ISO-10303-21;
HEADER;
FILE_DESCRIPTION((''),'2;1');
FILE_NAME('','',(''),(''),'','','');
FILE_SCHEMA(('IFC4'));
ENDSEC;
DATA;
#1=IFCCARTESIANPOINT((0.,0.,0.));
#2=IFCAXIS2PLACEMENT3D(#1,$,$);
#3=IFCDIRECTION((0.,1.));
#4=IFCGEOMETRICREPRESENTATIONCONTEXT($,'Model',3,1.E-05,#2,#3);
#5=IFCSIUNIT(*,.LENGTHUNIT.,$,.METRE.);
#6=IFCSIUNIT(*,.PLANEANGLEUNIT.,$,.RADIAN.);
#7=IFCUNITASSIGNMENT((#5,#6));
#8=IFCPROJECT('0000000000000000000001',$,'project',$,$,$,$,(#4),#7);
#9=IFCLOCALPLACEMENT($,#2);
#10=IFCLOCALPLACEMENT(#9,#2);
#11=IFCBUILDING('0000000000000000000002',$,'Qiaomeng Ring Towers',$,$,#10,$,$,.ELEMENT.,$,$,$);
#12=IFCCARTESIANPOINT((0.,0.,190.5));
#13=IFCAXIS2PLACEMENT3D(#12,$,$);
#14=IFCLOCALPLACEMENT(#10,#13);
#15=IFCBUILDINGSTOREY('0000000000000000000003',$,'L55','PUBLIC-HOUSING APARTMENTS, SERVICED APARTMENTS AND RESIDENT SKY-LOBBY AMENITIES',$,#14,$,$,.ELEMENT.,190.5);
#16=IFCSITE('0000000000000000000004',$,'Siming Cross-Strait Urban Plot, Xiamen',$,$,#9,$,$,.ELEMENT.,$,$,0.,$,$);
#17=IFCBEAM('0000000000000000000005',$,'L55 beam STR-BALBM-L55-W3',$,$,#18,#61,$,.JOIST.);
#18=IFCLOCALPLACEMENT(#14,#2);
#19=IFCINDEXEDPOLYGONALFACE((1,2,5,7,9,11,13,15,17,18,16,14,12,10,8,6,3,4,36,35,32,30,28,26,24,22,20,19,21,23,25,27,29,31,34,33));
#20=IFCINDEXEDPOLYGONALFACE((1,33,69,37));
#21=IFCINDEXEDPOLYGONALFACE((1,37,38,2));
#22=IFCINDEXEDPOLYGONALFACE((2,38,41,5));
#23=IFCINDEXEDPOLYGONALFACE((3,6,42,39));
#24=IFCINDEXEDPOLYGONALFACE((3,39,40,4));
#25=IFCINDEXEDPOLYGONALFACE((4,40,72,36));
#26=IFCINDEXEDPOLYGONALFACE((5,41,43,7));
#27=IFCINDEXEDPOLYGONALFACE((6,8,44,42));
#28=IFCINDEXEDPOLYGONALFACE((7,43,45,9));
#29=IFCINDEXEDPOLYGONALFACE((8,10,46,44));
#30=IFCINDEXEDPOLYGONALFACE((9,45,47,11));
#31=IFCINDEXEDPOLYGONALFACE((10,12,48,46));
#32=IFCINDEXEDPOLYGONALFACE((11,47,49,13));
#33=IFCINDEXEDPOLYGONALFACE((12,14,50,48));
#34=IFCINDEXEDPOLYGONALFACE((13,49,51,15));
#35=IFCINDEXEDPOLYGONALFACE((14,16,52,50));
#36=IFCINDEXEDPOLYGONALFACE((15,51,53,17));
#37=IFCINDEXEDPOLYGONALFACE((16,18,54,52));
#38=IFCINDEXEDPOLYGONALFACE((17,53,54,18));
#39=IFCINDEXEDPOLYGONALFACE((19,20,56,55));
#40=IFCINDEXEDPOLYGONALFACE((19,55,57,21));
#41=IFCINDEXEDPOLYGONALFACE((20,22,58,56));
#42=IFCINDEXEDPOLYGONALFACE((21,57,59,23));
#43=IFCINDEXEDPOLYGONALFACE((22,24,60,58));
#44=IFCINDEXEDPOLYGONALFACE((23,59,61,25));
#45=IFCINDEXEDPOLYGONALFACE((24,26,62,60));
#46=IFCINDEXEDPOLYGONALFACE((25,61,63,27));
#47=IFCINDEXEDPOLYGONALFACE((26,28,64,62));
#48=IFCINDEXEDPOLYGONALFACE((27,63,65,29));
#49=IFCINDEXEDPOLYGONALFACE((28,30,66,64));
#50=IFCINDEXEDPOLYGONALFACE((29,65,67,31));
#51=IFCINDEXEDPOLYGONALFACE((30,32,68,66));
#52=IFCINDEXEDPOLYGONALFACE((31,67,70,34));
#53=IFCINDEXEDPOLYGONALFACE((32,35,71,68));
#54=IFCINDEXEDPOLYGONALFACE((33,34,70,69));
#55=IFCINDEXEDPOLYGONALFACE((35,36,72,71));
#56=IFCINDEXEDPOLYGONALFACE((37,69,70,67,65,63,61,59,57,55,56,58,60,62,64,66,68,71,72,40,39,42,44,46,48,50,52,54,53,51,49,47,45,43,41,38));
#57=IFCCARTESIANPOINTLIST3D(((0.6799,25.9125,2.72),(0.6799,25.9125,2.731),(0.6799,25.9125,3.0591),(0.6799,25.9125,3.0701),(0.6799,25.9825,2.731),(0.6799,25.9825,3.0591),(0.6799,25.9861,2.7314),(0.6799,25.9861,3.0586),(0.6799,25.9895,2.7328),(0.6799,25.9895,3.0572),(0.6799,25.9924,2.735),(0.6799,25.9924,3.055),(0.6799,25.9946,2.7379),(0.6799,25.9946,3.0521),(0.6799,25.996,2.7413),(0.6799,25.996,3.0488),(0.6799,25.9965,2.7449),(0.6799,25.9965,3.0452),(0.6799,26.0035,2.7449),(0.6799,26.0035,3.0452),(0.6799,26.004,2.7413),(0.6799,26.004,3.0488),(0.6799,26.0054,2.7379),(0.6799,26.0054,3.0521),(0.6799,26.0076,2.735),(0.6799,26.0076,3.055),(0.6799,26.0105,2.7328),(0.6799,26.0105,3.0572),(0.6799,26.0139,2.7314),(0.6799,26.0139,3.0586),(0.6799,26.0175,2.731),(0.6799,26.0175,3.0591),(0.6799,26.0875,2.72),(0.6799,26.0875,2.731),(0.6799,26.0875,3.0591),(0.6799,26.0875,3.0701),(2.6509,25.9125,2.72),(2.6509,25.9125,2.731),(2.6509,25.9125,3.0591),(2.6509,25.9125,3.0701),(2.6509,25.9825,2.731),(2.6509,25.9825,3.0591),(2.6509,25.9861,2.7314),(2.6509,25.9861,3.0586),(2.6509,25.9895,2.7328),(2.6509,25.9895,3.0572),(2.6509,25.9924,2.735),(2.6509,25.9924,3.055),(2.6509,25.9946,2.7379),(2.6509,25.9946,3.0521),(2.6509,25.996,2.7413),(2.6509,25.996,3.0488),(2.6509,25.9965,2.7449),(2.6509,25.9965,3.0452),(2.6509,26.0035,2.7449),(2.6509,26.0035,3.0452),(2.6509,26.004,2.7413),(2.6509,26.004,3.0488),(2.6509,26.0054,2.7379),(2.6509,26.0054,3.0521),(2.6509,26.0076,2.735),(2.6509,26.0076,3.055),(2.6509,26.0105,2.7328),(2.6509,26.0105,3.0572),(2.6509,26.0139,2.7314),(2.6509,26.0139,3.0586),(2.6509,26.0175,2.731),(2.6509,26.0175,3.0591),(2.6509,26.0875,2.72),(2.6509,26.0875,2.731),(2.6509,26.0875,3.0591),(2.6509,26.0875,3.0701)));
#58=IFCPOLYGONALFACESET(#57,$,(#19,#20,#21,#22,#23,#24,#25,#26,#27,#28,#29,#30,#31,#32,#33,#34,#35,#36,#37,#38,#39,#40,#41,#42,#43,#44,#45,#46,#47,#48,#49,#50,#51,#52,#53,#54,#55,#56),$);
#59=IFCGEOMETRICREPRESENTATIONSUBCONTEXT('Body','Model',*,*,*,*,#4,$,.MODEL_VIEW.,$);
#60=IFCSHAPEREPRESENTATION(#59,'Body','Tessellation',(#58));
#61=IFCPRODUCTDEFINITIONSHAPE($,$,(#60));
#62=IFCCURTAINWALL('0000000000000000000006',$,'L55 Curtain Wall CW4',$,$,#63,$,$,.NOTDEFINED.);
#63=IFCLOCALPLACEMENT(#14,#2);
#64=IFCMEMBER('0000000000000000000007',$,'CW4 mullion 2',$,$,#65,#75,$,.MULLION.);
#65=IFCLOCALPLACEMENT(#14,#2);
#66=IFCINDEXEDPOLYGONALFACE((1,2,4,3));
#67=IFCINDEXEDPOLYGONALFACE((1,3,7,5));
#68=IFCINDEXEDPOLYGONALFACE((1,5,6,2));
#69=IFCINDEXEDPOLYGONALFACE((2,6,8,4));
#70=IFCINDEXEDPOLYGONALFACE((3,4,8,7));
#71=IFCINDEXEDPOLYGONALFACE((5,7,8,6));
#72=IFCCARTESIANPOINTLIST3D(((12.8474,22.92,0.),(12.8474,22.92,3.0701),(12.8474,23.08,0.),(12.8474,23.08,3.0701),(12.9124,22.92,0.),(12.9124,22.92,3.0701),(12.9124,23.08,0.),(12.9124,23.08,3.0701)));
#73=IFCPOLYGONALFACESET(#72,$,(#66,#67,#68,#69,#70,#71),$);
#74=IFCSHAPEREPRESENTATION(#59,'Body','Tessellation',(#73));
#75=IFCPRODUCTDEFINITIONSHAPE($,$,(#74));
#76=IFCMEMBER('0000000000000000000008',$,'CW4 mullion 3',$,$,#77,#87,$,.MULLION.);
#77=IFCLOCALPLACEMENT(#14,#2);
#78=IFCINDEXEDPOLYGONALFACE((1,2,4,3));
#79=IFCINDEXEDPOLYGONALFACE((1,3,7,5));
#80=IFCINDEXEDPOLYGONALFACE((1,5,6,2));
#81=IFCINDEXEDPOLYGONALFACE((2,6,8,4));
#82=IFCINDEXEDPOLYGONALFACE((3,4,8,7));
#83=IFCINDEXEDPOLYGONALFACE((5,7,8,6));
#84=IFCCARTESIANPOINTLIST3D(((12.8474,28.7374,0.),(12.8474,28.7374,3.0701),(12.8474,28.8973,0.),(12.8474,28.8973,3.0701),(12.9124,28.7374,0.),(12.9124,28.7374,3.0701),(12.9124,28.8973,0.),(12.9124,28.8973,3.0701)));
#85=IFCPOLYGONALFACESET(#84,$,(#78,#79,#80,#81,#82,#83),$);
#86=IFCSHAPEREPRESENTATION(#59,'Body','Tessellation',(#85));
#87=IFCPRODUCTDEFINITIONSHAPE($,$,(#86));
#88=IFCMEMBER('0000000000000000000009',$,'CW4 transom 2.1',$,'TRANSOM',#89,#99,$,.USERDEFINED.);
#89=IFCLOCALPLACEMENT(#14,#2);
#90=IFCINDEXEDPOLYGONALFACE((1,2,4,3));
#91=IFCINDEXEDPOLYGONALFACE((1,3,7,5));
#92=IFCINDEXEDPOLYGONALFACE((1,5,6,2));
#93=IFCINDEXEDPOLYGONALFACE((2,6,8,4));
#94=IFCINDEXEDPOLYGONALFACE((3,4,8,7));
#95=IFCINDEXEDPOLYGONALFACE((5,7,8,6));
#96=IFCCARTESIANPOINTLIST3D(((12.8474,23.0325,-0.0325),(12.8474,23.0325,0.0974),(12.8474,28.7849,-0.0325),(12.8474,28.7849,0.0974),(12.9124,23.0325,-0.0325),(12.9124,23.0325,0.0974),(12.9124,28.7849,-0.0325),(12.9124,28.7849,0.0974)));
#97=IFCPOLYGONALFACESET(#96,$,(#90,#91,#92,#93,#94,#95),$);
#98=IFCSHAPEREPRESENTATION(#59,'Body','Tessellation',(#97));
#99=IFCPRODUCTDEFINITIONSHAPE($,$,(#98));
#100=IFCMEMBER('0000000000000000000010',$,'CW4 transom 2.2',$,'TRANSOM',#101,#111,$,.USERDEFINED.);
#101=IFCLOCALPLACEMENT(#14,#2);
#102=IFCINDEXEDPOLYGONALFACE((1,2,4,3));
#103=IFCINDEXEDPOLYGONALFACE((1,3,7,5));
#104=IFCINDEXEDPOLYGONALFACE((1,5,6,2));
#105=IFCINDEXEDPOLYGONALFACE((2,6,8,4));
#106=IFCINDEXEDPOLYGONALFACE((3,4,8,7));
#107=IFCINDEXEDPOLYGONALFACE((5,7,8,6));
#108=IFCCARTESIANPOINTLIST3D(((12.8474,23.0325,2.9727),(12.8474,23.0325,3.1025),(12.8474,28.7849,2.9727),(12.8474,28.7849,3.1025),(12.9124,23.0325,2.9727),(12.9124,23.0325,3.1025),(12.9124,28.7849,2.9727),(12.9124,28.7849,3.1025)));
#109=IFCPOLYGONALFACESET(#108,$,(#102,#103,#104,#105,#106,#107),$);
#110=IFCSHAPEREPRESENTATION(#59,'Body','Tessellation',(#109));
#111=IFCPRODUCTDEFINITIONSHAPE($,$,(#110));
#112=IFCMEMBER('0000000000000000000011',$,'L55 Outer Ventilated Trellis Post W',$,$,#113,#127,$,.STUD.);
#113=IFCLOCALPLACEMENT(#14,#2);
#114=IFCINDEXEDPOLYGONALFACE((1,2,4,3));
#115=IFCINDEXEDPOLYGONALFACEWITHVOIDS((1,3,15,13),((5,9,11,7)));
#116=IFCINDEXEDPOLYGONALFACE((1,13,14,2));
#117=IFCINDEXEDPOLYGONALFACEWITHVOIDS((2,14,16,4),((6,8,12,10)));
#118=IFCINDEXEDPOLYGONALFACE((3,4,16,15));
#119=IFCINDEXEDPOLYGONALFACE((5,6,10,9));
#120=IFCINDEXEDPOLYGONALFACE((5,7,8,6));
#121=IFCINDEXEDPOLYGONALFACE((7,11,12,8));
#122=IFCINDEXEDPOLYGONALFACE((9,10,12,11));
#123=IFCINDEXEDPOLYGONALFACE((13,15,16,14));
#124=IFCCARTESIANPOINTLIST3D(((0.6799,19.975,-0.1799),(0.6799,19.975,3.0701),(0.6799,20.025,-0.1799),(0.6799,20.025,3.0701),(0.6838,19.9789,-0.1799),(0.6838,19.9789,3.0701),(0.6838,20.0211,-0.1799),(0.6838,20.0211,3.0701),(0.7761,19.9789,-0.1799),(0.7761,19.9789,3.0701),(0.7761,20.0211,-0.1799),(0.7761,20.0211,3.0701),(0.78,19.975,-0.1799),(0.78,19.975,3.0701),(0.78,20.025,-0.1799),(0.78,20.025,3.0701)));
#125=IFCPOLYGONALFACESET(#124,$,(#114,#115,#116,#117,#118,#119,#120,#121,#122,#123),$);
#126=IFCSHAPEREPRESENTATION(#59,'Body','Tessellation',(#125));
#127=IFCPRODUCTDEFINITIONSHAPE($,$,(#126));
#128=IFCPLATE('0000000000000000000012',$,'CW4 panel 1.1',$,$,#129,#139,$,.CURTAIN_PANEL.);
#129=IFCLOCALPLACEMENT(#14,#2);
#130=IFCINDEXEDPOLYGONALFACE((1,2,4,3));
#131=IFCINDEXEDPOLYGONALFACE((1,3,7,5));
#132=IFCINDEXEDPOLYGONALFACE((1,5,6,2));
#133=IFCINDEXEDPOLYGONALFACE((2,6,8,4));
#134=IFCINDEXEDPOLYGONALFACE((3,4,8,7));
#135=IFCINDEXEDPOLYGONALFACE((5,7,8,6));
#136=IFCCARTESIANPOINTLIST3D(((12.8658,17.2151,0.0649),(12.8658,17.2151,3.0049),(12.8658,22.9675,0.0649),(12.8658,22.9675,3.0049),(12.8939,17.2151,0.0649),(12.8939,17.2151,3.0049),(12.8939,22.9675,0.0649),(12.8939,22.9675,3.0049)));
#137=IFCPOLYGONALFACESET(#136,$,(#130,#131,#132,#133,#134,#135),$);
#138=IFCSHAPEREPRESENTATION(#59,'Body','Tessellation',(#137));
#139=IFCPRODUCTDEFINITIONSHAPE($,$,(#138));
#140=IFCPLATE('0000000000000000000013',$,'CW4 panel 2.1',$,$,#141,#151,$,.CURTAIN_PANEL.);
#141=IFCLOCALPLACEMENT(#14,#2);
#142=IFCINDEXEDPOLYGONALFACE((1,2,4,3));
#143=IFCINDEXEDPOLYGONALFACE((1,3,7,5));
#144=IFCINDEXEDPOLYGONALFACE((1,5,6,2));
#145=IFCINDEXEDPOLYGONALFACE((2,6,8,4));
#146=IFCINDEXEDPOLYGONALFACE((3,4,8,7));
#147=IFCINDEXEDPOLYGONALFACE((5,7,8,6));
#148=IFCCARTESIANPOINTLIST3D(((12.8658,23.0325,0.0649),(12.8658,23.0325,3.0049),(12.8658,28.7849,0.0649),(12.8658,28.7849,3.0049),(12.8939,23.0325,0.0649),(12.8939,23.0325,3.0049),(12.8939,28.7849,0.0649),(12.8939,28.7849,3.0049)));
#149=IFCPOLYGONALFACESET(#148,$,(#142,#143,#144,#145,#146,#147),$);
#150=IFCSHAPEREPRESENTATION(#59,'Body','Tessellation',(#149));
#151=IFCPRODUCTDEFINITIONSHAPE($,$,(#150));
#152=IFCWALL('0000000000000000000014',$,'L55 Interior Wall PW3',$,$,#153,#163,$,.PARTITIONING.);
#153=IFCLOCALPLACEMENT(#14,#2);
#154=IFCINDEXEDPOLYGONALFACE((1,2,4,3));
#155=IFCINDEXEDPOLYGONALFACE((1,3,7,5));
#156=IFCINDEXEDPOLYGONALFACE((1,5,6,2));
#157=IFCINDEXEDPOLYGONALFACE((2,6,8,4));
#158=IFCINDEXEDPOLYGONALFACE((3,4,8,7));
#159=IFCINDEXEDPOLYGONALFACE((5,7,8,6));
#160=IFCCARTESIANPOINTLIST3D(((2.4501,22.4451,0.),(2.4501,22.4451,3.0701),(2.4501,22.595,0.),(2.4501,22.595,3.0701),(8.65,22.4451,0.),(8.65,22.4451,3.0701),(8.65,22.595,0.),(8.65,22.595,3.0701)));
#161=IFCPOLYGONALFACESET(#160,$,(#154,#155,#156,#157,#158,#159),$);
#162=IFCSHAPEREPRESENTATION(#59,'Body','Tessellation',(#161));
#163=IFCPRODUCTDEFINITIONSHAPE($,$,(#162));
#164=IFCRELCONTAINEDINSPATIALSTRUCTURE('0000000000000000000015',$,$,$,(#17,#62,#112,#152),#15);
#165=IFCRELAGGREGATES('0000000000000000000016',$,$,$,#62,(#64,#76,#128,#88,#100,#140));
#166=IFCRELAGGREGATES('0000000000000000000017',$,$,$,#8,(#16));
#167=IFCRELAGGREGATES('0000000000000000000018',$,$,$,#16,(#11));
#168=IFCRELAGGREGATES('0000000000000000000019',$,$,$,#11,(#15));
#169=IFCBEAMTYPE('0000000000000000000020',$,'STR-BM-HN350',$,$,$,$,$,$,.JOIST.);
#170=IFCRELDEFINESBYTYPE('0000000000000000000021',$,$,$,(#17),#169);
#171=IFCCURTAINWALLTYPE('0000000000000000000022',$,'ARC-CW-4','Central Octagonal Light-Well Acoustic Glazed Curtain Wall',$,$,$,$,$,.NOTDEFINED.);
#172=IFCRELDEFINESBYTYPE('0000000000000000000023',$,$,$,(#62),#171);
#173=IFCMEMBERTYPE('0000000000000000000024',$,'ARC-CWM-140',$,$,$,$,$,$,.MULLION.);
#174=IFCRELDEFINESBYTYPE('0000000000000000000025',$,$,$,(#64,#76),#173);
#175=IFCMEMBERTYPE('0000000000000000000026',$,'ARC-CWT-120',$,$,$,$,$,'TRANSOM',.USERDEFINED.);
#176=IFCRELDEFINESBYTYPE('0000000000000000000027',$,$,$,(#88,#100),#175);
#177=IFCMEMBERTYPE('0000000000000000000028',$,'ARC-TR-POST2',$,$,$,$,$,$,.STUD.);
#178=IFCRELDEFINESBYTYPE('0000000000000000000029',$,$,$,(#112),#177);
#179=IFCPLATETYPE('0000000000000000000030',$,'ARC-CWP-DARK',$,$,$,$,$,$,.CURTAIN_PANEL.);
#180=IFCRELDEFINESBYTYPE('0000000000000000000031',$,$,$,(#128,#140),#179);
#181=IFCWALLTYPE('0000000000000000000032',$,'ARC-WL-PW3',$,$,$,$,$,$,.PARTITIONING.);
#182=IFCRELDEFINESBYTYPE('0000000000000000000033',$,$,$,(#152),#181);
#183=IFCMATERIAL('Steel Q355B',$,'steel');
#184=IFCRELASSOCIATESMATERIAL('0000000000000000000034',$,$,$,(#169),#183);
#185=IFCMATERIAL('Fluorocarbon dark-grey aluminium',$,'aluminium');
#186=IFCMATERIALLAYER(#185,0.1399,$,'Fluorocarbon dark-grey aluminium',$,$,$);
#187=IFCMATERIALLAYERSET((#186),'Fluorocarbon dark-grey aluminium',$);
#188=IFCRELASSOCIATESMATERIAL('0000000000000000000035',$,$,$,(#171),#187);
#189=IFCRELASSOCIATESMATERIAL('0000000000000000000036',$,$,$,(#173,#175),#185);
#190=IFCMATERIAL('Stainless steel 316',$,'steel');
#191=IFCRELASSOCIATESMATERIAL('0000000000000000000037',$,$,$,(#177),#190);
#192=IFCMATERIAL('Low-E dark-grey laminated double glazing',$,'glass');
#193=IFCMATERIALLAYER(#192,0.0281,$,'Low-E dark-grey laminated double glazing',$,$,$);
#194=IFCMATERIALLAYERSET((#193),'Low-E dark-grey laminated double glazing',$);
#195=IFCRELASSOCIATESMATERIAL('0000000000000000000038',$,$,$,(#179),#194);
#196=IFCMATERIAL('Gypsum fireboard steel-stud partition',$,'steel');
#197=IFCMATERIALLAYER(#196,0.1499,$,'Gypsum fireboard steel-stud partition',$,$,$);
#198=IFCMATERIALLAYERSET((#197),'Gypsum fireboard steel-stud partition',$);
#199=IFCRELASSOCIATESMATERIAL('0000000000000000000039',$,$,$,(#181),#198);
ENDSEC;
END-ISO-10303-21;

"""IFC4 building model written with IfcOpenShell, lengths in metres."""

from ifc_helpers import new_model, si_unit, direction, frame, frame_2d, origin, origin_2d, place, context, subcontext, project, spatial, rectangle, hollow_rectangle, i_section, extrude, source, transform, mapped, material, layer, layer_set, material_profile, profile_set, type_object, element, aggregate, save


model = new_model("IFC4")

# Units and contexts
model_context = context("Model", 3, precision=1e-05, world=origin(), true_north=direction((0.0, 1.0)))
body_context = subcontext(model_context, "Body", "Model", "MODEL_VIEW")
ifc_project = project(units=[si_unit("LENGTHUNIT", "METRE"), si_unit("PLANEANGLEUNIT", "RADIAN")], contexts=[model_context])

# Site, building, storey
site_placement = place(None, origin())
site = spatial("IfcSite", under=ifc_project, at=site_placement, Name="Siming Cross-Strait Urban Plot, Xiamen", CompositionType="ELEMENT", RefElevation=0.0)
building_placement = place(site_placement, origin())
building = spatial("IfcBuilding", under=site, at=building_placement, Name="Qiaomeng Ring Towers", CompositionType="ELEMENT")
storey_placement = place(building_placement, frame((0.0, 0.0, 190.5)))
storey = spatial("IfcBuildingStorey", under=building, at=storey_placement, Name="L55", Description="PUBLIC-HOUSING APARTMENTS, SERVICED APARTMENTS AND RESIDENT SKY-LOBBY AMENITIES", CompositionType="ELEMENT", Elevation=190.5)

# Beam
ifc_material_1 = material(Name="Steel Q355B", Category="steel")
ifc_material_profile_1 = material_profile(ifc_material_1, i_section(OverallWidth=0.175, OverallDepth=0.3501, WebThickness=0.0071, FlangeThickness=0.011, FilletRadius=0.0139, at=origin_2d()), Name="HN 350x175x7x11")
ifc_profile_set_1 = profile_set([ifc_material_profile_1], Name="Steel Q355B")
beam_type_1 = type_object("IfcBeamType", Name="STR-BM-HN350", PredefinedType="JOIST", material=ifc_profile_set_1)
shared_shape_1 = source(origin(), body_context, "Body", "SweptSolid", [
    extrude(i_section(OverallWidth=0.175, OverallDepth=0.3501, WebThickness=0.0071, FlangeThickness=0.011, FilletRadius=0.0139, at=origin_2d()), origin(), (0.0, 0.0, 1.0), 1.9709),
])
beam_1_placement = place(storey_placement, frame((0.6799, 26.0, 2.895), z_axis=(1.0, 0.0, 0.0), x_axis=(0.0, 1.0, 0.0)))
element("IfcBeam", 1, at=beam_1_placement, inside=storey, type_object=beam_type_1, Name="L55 beam STR-BALBM-L55-W3", PredefinedType="JOIST", context=body_context, shape_type="MappedRepresentation", body=[
    mapped(shared_shape_1, transform((0.0, 0.0, 0.0), x_axis=(1.0, 0.0, 0.0), y_axis=(0.0, 1.0, 0.0), z_axis=(0.0, 0.0, 1.0), scale=1.0)),
])

# Curtain wall, members
ifc_material_2 = material(Name="Fluorocarbon dark-grey aluminium", Category="aluminium")
ifc_layer_1 = layer(ifc_material_2, 0.1399, Name="Fluorocarbon dark-grey aluminium")
ifc_layer_set_1 = layer_set([ifc_layer_1], Name="Fluorocarbon dark-grey aluminium")
curtain_wall_type = type_object("IfcCurtainWallType", Name="ARC-CW-4", Description="Central Octagonal Light-Well Acoustic Glazed Curtain Wall", PredefinedType="NOTDEFINED", material=ifc_layer_set_1)
curtain_wall_placement = place(storey_placement, origin())
curtain_wall = element("IfcCurtainWall", 2, at=curtain_wall_placement, inside=storey, type_object=curtain_wall_type, Name="L55 Curtain Wall CW4", PredefinedType="NOTDEFINED")
ifc_material_profile_2 = material_profile(ifc_material_2, rectangle(XDim=0.0649, YDim=0.1599, at=origin_2d()), Name="ALU MULL 65x160")
ifc_profile_set_2 = profile_set([ifc_material_profile_2], Name="Fluorocarbon dark-grey aluminium")
member_type_1 = type_object("IfcMemberType", Name="ARC-CWM-140", PredefinedType="MULLION", material=ifc_profile_set_2)
shared_shape_2 = source(origin(), body_context, "Body", "SweptSolid", [
    extrude(rectangle(XDim=0.0649, YDim=0.1599, at=origin_2d()), origin(), (0.0, 0.0, 1.0), 3.0701),
])
member_1_placement = place(storey_placement, frame((12.8799, 23.0, 0.0), z_axis=(0.0, 0.0, 1.0), x_axis=(-1.0, 0.0, 0.0)))
member_1 = element("IfcMember", 3, at=member_1_placement, type_object=member_type_1, Name="CW4 mullion 2", PredefinedType="MULLION", context=body_context, shape_type="MappedRepresentation", body=[
    mapped(shared_shape_2, transform((0.0, 0.0, 0.0), x_axis=(1.0, 0.0, 0.0), y_axis=(0.0, 1.0, 0.0), z_axis=(0.0, 0.0, 1.0), scale=1.0)),
])
member_2_placement = place(storey_placement, frame((12.8799, 28.8174, 0.0), z_axis=(0.0, 0.0, 1.0), x_axis=(-1.0, 0.0, 0.0)))
member_2 = element("IfcMember", 4, at=member_2_placement, type_object=member_type_1, Name="CW4 mullion 3", PredefinedType="MULLION", context=body_context, shape_type="MappedRepresentation", body=[
    mapped(shared_shape_2, transform((0.0, 0.0, 0.0), x_axis=(1.0, 0.0, 0.0), y_axis=(0.0, 1.0, 0.0), z_axis=(0.0, 0.0, 1.0), scale=1.0)),
])
ifc_material_profile_3 = material_profile(ifc_material_2, rectangle(XDim=0.0649, YDim=0.1299, at=origin_2d()), Name="ALU TRAN 65x130")
ifc_profile_set_3 = profile_set([ifc_material_profile_3], Name="Fluorocarbon dark-grey aluminium")
member_type_2 = type_object("IfcMemberType", Name="ARC-CWT-120", ElementType="TRANSOM", PredefinedType="USERDEFINED", material=ifc_profile_set_3)
shared_shape_3 = source(origin(), body_context, "Body", "SweptSolid", [
    extrude(rectangle(XDim=0.0649, YDim=0.1299, at=origin_2d()), origin(), (0.0, 0.0, 1.0), 5.7524),
])
member_3_placement = place(storey_placement, frame((12.8799, 23.0325, 0.0325), z_axis=(0.0, 1.0, 0.0), x_axis=(-1.0, 0.0, 0.0)))
member_3 = element("IfcMember", 5, at=member_3_placement, type_object=member_type_2, Name="CW4 transom 2.1", ObjectType="TRANSOM", PredefinedType="USERDEFINED", context=body_context, shape_type="MappedRepresentation", body=[
    mapped(shared_shape_3, transform((0.0, 0.0, 0.0), x_axis=(1.0, 0.0, 0.0), y_axis=(0.0, 1.0, 0.0), z_axis=(0.0, 0.0, 1.0), scale=1.0)),
])
member_4_placement = place(storey_placement, frame((12.8799, 23.0325, 3.0376), z_axis=(0.0, 1.0, 0.0), x_axis=(-1.0, 0.0, 0.0)))
member_4 = element("IfcMember", 6, at=member_4_placement, type_object=member_type_2, Name="CW4 transom 2.2", ObjectType="TRANSOM", PredefinedType="USERDEFINED", context=body_context, shape_type="MappedRepresentation", body=[
    mapped(shared_shape_3, transform((0.0, 0.0, 0.0), x_axis=(1.0, 0.0, 0.0), y_axis=(0.0, 1.0, 0.0), z_axis=(0.0, 0.0, 1.0), scale=1.0)),
])

# Member
ifc_material_3 = material(Name="Stainless steel 316", Category="steel")
ifc_material_profile_4 = material_profile(ifc_material_3, hollow_rectangle(XDim=0.05, YDim=0.1001, WallThickness=0.0039, at=origin_2d()), Name="SS TRELLIS 100x50")
ifc_profile_set_4 = profile_set([ifc_material_profile_4], Name="Stainless steel 316")
member_type_3 = type_object("IfcMemberType", Name="ARC-TR-POST2", PredefinedType="STUD", material=ifc_profile_set_4)
shared_shape_4 = source(origin(), body_context, "Body", "SweptSolid", [
    extrude(hollow_rectangle(XDim=0.05, YDim=0.1001, WallThickness=0.0039, at=origin_2d()), origin(), (0.0, 0.0, 1.0), 3.25),
])
member_5_placement = place(storey_placement, frame((0.73, 20.0, -0.1799), z_axis=(0.0, 0.0, 1.0), x_axis=(0.0, 1.0, 0.0)))
element("IfcMember", 7, at=member_5_placement, inside=storey, type_object=member_type_3, Name="L55 Outer Ventilated Trellis Post W", PredefinedType="STUD", context=body_context, shape_type="MappedRepresentation", body=[
    mapped(shared_shape_4, transform((0.0, 0.0, 0.0), x_axis=(1.0, 0.0, 0.0), y_axis=(0.0, 1.0, 0.0), z_axis=(0.0, 0.0, 1.0), scale=1.0)),
])

# Plates
ifc_material_4 = material(Name="Low-E dark-grey laminated double glazing", Category="glass")
ifc_layer_2 = layer(ifc_material_4, 0.0281, Name="Low-E dark-grey laminated double glazing")
ifc_layer_set_2 = layer_set([ifc_layer_2], Name="Low-E dark-grey laminated double glazing")
plate_type = type_object("IfcPlateType", Name="ARC-CWP-DARK", PredefinedType="CURTAIN_PANEL", material=ifc_layer_set_2)
shared_shape_5 = source(origin(), body_context, "Body", "SweptSolid", [
    extrude(rectangle(XDim=5.7524, YDim=0.0281, at=origin_2d()), origin(), (0.0, 0.0, 1.0), 2.9399),
])
plate_1_placement = place(storey_placement, frame((12.8799, 20.0913, 0.0649), z_axis=(0.0, 0.0, 1.0), x_axis=(0.0, 1.0, 0.0)))
plate_1 = element("IfcPlate", 8, at=plate_1_placement, type_object=plate_type, Name="CW4 panel 1.1", PredefinedType="CURTAIN_PANEL", context=body_context, shape_type="MappedRepresentation", body=[
    mapped(shared_shape_5, transform((0.0, 0.0, 0.0), x_axis=(1.0, 0.0, 0.0), y_axis=(0.0, 1.0, 0.0), z_axis=(0.0, 0.0, 1.0), scale=1.0)),
])
plate_2_placement = place(storey_placement, frame((12.8799, 25.9087, 0.0649), z_axis=(0.0, 0.0, 1.0), x_axis=(0.0, 1.0, 0.0)))
plate_2 = element("IfcPlate", 9, at=plate_2_placement, type_object=plate_type, Name="CW4 panel 2.1", PredefinedType="CURTAIN_PANEL", context=body_context, shape_type="MappedRepresentation", body=[
    mapped(shared_shape_5, transform((0.0, 0.0, 0.0), x_axis=(1.0, 0.0, 0.0), y_axis=(0.0, 1.0, 0.0), z_axis=(0.0, 0.0, 1.0), scale=1.0)),
])
aggregate(curtain_wall, [member_1, member_2, plate_1, member_3, member_4, plate_2])

# Wall
ifc_material_5 = material(Name="Gypsum fireboard steel-stud partition", Category="steel")
ifc_layer_3 = layer(ifc_material_5, 0.1499, Name="Gypsum fireboard steel-stud partition")
ifc_layer_set_3 = layer_set([ifc_layer_3], Name="Gypsum fireboard steel-stud partition")
wall_type_1 = type_object("IfcWallType", Name="ARC-WL-PW3", PredefinedType="PARTITIONING", material=ifc_layer_set_3)
wall_1_placement = place(storey_placement, frame((2.45, 22.52, 0.0), z_axis=(0.0, 0.0, 1.0), x_axis=(1.0, 0.0, 0.0)))
element("IfcWall", 10, at=wall_1_placement, inside=storey, type_object=wall_type_1, Name="L55 Interior Wall PW3", PredefinedType="PARTITIONING", context=body_context, shape_type="SweptSolid", body=[
    extrude(rectangle(XDim=6.2, YDim=0.1499, at=frame_2d((3.1001, 0.0))), origin(), (0.0, 0.0, 1.0), 3.0701),
])

save(model, "model.ifc")
